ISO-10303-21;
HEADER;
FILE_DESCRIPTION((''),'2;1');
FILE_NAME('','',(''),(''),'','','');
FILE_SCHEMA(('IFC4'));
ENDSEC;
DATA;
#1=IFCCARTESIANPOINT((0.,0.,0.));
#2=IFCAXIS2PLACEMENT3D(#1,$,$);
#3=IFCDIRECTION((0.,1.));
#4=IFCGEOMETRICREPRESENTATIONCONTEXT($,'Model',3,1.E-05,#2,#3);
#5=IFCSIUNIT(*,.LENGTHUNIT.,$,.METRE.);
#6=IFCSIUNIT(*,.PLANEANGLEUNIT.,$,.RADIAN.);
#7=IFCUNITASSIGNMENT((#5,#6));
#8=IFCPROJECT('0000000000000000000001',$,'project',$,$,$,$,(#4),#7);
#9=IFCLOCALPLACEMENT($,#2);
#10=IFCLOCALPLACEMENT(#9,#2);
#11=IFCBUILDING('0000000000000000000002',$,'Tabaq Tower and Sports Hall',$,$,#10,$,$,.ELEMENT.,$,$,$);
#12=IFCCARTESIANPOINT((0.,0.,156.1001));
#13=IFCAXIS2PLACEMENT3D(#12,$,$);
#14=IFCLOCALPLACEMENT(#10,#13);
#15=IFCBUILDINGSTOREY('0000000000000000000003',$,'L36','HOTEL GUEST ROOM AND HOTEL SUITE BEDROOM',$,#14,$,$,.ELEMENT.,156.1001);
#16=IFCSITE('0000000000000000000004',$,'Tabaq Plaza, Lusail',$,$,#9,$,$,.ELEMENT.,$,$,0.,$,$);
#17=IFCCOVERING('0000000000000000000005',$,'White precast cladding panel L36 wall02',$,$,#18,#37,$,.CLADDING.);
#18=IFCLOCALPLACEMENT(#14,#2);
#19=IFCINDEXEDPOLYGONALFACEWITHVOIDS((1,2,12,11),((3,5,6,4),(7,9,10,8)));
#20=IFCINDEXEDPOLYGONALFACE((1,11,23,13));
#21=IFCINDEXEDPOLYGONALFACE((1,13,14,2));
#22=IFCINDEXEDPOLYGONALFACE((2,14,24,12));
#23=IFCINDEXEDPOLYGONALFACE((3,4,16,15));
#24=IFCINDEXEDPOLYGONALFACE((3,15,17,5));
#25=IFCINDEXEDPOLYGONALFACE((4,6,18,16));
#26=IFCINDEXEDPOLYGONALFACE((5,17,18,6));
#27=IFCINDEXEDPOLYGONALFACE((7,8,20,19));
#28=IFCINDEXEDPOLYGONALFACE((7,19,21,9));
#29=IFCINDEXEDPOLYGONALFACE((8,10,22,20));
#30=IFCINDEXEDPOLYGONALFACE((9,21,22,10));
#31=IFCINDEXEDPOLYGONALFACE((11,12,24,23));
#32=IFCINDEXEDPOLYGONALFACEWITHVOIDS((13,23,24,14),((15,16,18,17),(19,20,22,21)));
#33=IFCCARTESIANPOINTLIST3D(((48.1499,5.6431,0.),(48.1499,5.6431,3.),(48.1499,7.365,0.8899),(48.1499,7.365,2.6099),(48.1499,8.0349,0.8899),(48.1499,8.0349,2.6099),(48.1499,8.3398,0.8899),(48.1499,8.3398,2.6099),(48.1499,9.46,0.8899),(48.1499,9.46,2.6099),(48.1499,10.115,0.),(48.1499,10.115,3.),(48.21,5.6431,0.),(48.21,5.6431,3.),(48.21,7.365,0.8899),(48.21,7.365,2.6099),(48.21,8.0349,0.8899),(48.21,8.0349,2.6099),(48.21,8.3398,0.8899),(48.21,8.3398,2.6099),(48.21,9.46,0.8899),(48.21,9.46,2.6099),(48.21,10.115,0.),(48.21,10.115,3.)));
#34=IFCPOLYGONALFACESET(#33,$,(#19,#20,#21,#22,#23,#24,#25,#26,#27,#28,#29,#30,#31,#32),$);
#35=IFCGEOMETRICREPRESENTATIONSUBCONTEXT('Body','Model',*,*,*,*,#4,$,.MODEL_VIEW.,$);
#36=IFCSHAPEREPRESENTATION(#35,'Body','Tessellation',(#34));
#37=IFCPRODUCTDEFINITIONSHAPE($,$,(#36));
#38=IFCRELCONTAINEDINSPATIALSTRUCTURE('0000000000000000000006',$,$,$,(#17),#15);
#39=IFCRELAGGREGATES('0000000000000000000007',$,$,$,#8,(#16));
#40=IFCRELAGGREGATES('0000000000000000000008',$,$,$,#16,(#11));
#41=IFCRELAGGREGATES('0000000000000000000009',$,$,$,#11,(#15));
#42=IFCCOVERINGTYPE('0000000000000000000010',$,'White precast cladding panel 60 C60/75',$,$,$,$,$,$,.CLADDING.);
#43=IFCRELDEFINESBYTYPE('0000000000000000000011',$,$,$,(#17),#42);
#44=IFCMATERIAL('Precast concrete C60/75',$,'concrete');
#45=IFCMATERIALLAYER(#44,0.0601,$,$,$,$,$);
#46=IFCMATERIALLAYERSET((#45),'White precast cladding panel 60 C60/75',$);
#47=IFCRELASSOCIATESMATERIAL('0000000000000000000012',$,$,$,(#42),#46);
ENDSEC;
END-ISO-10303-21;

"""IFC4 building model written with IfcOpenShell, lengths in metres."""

from ifc_helpers import new_model, si_unit, direction, frame, origin, place, context, subcontext, project, spatial, polyline, outline, extrude, material, layer, layer_set, type_object, element, save


model = new_model("IFC4")

# Units and contexts
model_context = context("Model", 3, precision=1e-05, world=origin(), true_north=direction((0.0, 1.0)))
body_context = subcontext(model_context, "Body", "Model", "MODEL_VIEW")
ifc_project = project(units=[si_unit("LENGTHUNIT", "METRE"), si_unit("PLANEANGLEUNIT", "RADIAN")], contexts=[model_context])

# Site, building, storey
site_placement = place(None, origin())
site = spatial("IfcSite", under=ifc_project, at=site_placement, Name="Tabaq Plaza, Lusail", CompositionType="ELEMENT", RefElevation=0.0)
building_placement = place(site_placement, origin())
building = spatial("IfcBuilding", under=site, at=building_placement, Name="Tabaq Tower and Sports Hall", CompositionType="ELEMENT")
storey_placement = place(building_placement, frame((0.0, 0.0, 156.1001)))
storey = spatial("IfcBuildingStorey", under=building, at=storey_placement, Name="L36", Description="HOTEL GUEST ROOM AND HOTEL SUITE BEDROOM", CompositionType="ELEMENT", Elevation=156.1001)

# Covering
ifc_material_1 = material(Name="Precast concrete C60/75", Category="concrete")
ifc_layer_1 = layer(ifc_material_1, 0.0601)
ifc_layer_set_1 = layer_set([ifc_layer_1], Name="White precast cladding panel 60 C60/75")
covering_type_1 = type_object("IfcCoveringType", Name="White precast cladding panel 60 C60/75", PredefinedType="CLADDING", material=ifc_layer_set_1)
covering_1_placement = place(storey_placement, frame((48.1799, 5.6431, 0.0), z_axis=(0.0, 0.0, 1.0), x_axis=(0.0, 1.0, 0.0)))
element("IfcCovering", 1, at=covering_1_placement, inside=storey, type_object=covering_type_1, Name="White precast cladding panel L36 wall02", PredefinedType="CLADDING", context=body_context, shape_type="SweptSolid", body=[
    extrude(outline(polyline([(0.0, 0.0), (4.4719, 0.0), (4.4719, 3.0), (0.0, 3.0), (0.0, 0.0)]), holes=[polyline([(1.7219, 2.6099), (2.3918, 2.6099), (2.3918, 0.8899), (1.7219, 0.8899), (1.7219, 2.6099)]), polyline([(2.6968, 2.6099), (3.8169, 2.6099), (3.8169, 0.8899), (2.6968, 0.8899), (2.6968, 2.6099)])]), frame((0.0, 0.03, 0.0), z_axis=(0.0, -1.0, 0.0), x_axis=(1.0, 0.0, 0.0)), (0.0, 0.0, 1.0), 0.0601),
])

save(model, "model.ifc")
